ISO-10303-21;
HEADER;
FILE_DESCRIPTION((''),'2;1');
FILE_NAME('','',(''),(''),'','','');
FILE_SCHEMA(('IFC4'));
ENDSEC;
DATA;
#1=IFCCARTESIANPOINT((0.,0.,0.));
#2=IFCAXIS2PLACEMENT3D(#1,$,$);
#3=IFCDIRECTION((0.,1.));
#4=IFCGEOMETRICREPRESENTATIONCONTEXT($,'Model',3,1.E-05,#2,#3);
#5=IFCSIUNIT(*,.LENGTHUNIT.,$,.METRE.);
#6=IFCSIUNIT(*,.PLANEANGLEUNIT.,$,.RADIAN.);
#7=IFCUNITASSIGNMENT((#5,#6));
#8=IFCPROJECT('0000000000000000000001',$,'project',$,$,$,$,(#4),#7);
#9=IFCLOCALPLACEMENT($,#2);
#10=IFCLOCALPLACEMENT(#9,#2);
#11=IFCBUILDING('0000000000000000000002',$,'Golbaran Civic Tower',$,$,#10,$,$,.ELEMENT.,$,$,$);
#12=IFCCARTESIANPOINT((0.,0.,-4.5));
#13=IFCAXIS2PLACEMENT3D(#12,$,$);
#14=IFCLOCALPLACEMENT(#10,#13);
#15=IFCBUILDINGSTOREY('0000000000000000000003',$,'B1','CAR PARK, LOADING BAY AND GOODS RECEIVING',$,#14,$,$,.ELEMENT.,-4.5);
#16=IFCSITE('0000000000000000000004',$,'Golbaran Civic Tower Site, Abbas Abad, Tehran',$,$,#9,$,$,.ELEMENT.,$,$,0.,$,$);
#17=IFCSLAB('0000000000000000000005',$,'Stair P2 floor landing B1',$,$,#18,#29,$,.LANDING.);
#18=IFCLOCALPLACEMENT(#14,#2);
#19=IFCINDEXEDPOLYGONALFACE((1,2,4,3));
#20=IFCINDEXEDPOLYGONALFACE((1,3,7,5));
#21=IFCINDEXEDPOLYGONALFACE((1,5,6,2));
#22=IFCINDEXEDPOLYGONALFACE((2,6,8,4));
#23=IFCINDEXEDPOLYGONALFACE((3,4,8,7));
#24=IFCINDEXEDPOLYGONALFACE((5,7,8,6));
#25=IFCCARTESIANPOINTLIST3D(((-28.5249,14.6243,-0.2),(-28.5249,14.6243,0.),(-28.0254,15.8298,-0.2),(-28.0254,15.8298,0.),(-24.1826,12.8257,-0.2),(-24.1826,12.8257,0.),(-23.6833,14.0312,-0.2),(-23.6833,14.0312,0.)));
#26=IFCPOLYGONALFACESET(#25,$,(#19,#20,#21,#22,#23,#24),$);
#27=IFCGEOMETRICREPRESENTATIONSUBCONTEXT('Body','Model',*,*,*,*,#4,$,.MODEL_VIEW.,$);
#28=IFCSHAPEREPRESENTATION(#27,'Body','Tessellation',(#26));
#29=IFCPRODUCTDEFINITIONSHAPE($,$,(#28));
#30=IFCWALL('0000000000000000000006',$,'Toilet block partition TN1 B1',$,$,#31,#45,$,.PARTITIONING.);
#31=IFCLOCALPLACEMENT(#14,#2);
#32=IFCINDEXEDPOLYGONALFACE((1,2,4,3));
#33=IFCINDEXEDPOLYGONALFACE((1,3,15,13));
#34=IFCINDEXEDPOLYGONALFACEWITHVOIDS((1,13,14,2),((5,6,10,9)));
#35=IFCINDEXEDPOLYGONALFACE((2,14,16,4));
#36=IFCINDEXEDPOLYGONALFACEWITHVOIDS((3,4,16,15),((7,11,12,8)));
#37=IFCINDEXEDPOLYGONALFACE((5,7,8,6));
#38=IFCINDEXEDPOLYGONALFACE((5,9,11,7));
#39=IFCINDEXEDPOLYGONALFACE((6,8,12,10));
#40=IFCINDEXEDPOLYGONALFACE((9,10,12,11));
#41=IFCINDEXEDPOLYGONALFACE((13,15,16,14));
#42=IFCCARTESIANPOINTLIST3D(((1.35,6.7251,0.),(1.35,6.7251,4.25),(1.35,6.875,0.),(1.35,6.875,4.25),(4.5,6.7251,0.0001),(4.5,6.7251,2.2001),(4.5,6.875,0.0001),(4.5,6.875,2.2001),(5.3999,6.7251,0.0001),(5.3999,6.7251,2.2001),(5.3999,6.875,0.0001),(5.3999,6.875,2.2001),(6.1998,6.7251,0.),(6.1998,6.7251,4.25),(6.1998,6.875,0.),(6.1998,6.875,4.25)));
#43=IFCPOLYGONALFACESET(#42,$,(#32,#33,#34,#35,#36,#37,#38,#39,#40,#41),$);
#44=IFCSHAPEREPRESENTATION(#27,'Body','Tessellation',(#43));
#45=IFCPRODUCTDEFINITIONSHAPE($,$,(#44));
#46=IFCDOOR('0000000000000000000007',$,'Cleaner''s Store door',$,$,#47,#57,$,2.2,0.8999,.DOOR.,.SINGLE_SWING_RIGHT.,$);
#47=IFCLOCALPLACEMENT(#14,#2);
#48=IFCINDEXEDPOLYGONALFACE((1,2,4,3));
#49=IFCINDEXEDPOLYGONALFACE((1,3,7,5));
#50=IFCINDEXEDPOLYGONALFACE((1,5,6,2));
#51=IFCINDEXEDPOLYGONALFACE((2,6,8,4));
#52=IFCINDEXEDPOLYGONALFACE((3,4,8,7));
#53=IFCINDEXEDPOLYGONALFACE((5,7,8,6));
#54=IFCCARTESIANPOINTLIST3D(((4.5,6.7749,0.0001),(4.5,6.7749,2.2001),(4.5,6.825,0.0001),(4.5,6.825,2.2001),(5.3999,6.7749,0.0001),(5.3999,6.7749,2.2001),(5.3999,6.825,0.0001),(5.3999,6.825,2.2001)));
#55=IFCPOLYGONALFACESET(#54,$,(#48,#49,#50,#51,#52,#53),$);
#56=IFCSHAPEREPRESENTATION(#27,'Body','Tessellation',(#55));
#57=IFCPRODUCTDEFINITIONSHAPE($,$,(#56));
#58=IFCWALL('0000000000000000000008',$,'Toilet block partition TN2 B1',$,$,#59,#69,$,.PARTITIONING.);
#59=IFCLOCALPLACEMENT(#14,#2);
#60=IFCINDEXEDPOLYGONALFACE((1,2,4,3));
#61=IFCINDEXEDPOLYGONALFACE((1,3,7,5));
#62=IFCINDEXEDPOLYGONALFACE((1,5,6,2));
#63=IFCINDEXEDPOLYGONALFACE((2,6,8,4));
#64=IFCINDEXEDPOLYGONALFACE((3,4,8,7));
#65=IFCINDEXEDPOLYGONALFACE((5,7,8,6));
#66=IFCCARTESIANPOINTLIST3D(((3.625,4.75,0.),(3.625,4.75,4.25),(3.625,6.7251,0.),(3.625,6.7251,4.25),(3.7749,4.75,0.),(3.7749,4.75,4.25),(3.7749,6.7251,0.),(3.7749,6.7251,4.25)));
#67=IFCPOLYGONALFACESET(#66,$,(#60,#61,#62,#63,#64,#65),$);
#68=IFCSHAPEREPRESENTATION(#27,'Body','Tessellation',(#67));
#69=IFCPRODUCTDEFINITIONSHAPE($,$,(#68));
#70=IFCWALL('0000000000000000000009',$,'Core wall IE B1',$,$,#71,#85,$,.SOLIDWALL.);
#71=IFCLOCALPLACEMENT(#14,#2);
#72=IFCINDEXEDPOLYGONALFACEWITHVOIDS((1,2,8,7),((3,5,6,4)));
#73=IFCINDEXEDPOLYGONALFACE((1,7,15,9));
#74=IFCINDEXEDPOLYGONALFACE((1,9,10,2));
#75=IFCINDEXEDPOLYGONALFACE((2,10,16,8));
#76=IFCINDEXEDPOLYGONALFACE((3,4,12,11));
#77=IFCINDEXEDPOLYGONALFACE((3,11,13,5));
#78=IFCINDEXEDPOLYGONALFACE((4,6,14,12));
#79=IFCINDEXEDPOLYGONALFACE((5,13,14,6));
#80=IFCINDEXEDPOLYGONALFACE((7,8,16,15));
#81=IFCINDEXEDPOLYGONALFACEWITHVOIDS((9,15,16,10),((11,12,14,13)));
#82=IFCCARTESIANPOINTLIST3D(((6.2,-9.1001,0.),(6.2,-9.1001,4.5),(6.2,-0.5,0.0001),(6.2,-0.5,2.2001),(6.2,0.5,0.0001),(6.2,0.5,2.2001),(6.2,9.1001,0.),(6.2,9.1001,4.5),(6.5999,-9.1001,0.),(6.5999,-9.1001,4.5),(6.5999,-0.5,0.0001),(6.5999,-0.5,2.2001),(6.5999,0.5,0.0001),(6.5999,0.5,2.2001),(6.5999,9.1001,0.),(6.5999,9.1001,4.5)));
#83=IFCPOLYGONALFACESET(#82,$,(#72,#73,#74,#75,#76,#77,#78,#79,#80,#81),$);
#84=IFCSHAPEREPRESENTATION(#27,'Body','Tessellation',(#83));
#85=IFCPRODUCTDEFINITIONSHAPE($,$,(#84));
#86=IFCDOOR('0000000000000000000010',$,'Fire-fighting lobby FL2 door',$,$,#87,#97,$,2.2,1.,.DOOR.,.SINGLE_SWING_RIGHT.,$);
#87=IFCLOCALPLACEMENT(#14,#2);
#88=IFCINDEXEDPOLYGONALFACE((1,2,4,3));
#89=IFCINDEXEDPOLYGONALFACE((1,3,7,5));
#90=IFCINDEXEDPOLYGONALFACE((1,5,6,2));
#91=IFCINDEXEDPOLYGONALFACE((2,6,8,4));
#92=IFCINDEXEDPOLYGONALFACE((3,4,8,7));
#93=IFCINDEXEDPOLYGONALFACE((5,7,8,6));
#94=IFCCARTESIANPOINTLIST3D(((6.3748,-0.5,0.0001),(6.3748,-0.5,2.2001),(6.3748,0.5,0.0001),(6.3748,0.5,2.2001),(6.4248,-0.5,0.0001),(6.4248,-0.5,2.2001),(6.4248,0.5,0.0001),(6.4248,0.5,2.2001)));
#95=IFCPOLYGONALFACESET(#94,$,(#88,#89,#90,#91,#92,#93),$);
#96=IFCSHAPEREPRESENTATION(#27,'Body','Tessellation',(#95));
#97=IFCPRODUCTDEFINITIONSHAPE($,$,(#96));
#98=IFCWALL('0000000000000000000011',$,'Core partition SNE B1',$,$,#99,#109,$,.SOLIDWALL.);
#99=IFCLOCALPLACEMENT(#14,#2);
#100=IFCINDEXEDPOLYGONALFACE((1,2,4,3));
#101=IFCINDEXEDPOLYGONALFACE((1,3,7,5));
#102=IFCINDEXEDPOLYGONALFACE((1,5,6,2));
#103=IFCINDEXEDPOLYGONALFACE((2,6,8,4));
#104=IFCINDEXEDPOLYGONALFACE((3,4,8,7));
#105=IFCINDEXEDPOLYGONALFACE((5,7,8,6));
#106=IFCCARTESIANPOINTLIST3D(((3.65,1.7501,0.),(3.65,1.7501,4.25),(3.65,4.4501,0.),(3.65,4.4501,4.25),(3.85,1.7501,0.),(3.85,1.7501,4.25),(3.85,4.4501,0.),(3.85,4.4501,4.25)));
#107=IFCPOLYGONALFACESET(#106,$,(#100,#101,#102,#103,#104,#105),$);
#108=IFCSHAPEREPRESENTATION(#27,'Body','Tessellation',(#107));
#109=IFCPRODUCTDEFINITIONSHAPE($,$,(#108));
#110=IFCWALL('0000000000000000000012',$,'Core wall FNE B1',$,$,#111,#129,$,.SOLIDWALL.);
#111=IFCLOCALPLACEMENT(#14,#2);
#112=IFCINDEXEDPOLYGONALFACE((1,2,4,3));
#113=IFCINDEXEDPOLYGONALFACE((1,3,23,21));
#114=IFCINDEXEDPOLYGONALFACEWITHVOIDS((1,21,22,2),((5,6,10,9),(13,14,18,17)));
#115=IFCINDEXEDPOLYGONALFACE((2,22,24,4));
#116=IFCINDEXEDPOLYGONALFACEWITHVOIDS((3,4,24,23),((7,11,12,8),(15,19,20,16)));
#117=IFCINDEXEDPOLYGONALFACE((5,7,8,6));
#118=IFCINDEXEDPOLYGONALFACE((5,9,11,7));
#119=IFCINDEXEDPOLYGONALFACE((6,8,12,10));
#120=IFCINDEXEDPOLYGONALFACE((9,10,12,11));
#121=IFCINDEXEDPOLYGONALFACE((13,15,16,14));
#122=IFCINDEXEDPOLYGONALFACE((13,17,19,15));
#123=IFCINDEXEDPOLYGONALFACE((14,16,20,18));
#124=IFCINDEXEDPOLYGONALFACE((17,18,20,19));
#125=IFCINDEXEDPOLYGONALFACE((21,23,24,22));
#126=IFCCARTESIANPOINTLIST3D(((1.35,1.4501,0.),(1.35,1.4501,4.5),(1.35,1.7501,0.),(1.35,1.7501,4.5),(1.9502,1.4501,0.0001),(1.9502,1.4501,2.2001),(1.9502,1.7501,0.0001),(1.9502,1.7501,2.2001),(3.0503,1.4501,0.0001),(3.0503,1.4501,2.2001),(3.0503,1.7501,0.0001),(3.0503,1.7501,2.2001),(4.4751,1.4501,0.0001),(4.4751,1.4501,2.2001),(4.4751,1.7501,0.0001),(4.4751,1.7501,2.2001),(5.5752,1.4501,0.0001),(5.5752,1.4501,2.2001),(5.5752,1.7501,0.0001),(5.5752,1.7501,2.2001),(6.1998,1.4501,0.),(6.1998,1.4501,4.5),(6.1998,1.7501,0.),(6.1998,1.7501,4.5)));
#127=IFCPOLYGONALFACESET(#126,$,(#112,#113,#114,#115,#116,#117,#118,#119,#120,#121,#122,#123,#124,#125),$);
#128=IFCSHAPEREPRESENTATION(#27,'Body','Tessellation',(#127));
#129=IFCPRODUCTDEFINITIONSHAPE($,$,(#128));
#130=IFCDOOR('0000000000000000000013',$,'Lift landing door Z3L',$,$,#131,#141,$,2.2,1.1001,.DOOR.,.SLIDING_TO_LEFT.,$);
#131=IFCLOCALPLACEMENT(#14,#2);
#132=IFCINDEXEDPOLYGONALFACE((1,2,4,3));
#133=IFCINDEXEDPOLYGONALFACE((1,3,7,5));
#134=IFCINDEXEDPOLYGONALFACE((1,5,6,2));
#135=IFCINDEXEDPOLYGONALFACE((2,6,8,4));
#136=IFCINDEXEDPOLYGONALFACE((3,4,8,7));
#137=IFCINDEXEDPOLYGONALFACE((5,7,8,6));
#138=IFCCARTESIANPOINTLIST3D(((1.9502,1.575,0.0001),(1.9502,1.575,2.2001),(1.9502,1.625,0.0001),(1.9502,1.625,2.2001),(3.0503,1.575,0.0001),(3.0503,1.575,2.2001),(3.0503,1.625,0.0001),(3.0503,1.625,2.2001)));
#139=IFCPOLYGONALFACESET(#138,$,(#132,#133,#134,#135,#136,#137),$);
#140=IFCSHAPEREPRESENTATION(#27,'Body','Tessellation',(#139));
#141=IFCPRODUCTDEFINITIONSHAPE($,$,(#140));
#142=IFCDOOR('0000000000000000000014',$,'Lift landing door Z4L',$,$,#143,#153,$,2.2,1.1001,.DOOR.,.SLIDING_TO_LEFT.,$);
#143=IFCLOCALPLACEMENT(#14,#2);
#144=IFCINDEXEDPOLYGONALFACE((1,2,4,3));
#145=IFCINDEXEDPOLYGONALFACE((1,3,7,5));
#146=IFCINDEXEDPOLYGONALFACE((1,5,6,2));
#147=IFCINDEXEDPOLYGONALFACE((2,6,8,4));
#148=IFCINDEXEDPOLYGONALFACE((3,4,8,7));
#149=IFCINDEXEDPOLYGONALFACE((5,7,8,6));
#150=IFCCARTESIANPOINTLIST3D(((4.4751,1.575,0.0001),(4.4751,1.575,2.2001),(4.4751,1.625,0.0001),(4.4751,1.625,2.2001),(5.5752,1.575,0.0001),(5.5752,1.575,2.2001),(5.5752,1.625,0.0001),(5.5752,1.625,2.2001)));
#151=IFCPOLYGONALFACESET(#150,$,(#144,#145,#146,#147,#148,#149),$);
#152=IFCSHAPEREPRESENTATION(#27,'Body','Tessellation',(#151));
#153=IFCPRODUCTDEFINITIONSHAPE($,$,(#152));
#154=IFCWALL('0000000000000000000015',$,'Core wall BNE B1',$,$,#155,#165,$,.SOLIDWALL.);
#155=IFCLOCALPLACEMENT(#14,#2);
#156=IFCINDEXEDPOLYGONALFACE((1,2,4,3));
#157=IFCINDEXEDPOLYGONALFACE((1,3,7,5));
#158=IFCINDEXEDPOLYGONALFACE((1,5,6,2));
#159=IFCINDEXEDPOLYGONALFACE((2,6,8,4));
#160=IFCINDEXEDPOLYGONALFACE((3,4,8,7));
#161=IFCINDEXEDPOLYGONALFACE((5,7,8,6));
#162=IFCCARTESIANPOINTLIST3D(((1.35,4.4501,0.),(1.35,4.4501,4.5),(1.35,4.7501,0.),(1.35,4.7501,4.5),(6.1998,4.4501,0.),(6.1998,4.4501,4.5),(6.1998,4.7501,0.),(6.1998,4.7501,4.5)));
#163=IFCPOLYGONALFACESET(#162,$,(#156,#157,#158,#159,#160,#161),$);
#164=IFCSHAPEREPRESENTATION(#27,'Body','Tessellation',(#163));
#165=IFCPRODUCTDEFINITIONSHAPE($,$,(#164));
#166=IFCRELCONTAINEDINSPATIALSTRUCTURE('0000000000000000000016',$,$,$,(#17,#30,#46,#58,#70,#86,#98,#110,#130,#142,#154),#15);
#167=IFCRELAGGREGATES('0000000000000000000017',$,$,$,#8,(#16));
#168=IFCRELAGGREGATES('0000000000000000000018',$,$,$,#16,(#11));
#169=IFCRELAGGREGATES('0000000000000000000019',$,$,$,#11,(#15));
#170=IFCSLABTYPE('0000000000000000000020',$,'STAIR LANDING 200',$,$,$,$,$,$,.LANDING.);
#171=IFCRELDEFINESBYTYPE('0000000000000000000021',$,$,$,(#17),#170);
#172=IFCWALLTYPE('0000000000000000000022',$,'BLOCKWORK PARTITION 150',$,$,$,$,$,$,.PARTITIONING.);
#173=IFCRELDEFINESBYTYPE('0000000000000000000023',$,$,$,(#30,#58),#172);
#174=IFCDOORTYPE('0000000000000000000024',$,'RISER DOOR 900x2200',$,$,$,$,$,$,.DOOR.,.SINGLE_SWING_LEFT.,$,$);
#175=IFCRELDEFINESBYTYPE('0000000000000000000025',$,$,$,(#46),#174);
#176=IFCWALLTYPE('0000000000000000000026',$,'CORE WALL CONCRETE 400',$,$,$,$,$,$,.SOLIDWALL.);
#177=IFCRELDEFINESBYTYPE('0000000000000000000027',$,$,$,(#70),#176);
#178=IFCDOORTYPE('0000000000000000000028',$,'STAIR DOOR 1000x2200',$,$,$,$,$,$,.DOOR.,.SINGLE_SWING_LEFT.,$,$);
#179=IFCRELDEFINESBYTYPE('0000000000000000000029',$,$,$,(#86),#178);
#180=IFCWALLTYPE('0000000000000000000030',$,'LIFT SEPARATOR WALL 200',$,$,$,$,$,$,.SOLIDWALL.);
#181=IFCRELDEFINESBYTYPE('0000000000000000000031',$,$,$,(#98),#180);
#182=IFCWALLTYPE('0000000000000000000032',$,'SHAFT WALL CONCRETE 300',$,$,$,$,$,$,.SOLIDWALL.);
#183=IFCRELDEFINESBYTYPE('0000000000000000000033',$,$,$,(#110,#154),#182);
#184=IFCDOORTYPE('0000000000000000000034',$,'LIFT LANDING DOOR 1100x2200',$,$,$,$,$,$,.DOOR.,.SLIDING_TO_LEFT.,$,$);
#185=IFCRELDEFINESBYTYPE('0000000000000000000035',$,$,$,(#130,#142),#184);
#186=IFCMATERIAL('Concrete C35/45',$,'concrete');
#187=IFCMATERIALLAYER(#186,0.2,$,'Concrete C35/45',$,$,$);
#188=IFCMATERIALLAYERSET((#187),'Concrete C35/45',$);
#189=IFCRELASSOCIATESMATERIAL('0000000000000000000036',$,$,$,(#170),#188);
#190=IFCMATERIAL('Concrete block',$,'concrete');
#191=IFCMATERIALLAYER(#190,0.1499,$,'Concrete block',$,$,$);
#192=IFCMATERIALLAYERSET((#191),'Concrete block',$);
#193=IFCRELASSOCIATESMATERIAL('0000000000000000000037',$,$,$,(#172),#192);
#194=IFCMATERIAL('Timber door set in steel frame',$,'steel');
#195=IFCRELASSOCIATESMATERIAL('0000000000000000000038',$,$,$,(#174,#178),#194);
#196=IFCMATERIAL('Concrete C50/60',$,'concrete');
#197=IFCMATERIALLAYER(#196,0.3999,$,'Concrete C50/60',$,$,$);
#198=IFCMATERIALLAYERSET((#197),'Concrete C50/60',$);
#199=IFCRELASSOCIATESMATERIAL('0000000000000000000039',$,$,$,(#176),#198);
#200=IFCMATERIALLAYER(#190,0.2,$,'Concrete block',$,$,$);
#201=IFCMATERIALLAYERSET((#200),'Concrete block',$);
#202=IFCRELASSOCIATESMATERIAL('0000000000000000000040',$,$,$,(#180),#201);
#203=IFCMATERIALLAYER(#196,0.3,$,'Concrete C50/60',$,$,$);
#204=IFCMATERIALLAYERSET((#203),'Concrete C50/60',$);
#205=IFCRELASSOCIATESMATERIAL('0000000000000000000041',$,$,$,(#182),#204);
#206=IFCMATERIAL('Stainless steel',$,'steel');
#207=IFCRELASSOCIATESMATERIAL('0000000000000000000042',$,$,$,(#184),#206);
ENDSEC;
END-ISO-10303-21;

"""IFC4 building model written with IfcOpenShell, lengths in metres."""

from ifc_helpers import new_model, si_unit, direction, frame, frame_2d, origin, place, context, subcontext, project, spatial, polyline, rectangle, outline, extrude, material, layer, layer_set, type_object, element, fill, save


model = new_model("IFC4")

# Units and contexts
model_context = context("Model", 3, precision=1e-05, world=origin(), true_north=direction((0.0, 1.0)))
body_context = subcontext(model_context, "Body", "Model", "MODEL_VIEW")
ifc_project = project(units=[si_unit("LENGTHUNIT", "METRE"), si_unit("PLANEANGLEUNIT", "RADIAN")], contexts=[model_context])

# Site, building, storey
site_placement = place(None, origin())
site = spatial("IfcSite", under=ifc_project, at=site_placement, Name="Golbaran Civic Tower Site, Abbas Abad, Tehran", CompositionType="ELEMENT", RefElevation=0.0)
building_placement = place(site_placement, origin())
building = spatial("IfcBuilding", under=site, at=building_placement, Name="Golbaran Civic Tower", CompositionType="ELEMENT")
storey_placement = place(building_placement, frame((0.0, 0.0, -4.5)))
storey = spatial("IfcBuildingStorey", under=building, at=storey_placement, Name="B1", Description="CAR PARK, LOADING BAY AND GOODS RECEIVING", CompositionType="ELEMENT", Elevation=-4.5)

# Shared definitions
ifc_material_1 = material(Name="Concrete C50/60", Category="concrete")

# Shared definitions
ifc_material_2 = material(Name="Concrete C35/45", Category="concrete")

# Shared definitions
ifc_layer_1 = layer(ifc_material_2, 0.2, Name="Concrete C35/45")
ifc_layer_set_1 = layer_set([ifc_layer_1], Name="Concrete C35/45")
slab_type_1 = type_object("IfcSlabType", Name="STAIR LANDING 200", PredefinedType="LANDING", material=ifc_layer_set_1)

# Slab
slab_1_placement = place(storey_placement, frame((0.0, 0.0, -0.2)))
element("IfcSlab", 1, at=slab_1_placement, inside=storey, type_object=slab_type_1, Name="Stair P2 floor landing B1", PredefinedType="LANDING", context=body_context, shape_type="SweptSolid", body=[
    extrude(outline(polyline([(-23.6833, 14.0312), (-24.1826, 12.8257), (-28.5249, 14.6243), (-28.0254, 15.8298), (-23.6833, 14.0312)])), origin(), (0.0, 0.0, 1.0), 0.2),
])

# Wall, opening, door
ifc_material_3 = material(Name="Concrete block", Category="concrete")
ifc_layer_2 = layer(ifc_material_3, 0.1499, Name="Concrete block")
ifc_layer_set_2 = layer_set([ifc_layer_2], Name="Concrete block")
wall_type_1 = type_object("IfcWallType", Name="BLOCKWORK PARTITION 150", PredefinedType="PARTITIONING", material=ifc_layer_set_2)
wall_1_placement = place(storey_placement, frame((1.3501, 6.8, 0.0), z_axis=(0.0, 0.0, 1.0), x_axis=(1.0, 0.0, 0.0)))
wall_1 = element("IfcWall", 2, at=wall_1_placement, inside=storey, type_object=wall_type_1, Name="Toilet block partition TN1 B1", PredefinedType="PARTITIONING", context=body_context, shape_type="SweptSolid", body=[
    extrude(rectangle(XDim=4.8499, YDim=0.1499, at=frame_2d((2.4248, 0.0))), origin(), (0.0, 0.0, 1.0), 4.25),
])
opening_1_placement = place(wall_1_placement, frame((3.1499, 0.0, 0.0)))
opening_1 = element("IfcOpeningElement", 3, at=opening_1_placement, cuts=wall_1, PredefinedType="OPENING", context=body_context, shape_type="SweptSolid", body=[
    extrude(rectangle(XDim=0.8999, YDim=2.2, at=frame_2d((0.45, 1.1001))), frame((0.0, 0.085, 0.0), z_axis=(0.0, -1.0, 0.0), x_axis=(1.0, 0.0, 0.0)), (0.0, 0.0, 1.0), 0.1699),
])
ifc_material_4 = material(Name="Timber door set in steel frame", Category="steel")
door_type_1 = type_object("IfcDoorType", Name="RISER DOOR 900x2200", OperationType="SINGLE_SWING_LEFT", PredefinedType="DOOR", material=ifc_material_4)
door_1_placement = place(opening_1_placement, origin())
door_1 = element("IfcDoor", 4, at=door_1_placement, inside=storey, type_object=door_type_1, Name="Cleaner's Store door", OperationType="SINGLE_SWING_RIGHT", OverallHeight=2.2, OverallWidth=0.8999, PredefinedType="DOOR", context=body_context, shape_type="SweptSolid", body=[
    extrude(rectangle(XDim=0.8999, YDim=2.2, at=frame_2d((0.45, 1.1001))), frame((0.0, 0.0249, 0.0), z_axis=(0.0, -1.0, 0.0), x_axis=(1.0, 0.0, 0.0)), (0.0, 0.0, 1.0), 0.05),
])
fill(opening_1, door_1)

# Wall
wall_2_placement = place(storey_placement, frame((3.7, 4.75, 0.0), z_axis=(0.0, 0.0, 1.0), x_axis=(0.0, 1.0, 0.0)))
element("IfcWall", 5, at=wall_2_placement, inside=storey, type_object=wall_type_1, Name="Toilet block partition TN2 B1", PredefinedType="PARTITIONING", context=body_context, shape_type="SweptSolid", body=[
    extrude(rectangle(XDim=1.9751, YDim=0.1499, at=frame_2d((0.9875, 0.0))), origin(), (0.0, 0.0, 1.0), 4.25),
])

# Wall, opening, door
ifc_layer_3 = layer(ifc_material_1, 0.3999, Name="Concrete C50/60")
ifc_layer_set_3 = layer_set([ifc_layer_3], Name="Concrete C50/60")
wall_type_2 = type_object("IfcWallType", Name="CORE WALL CONCRETE 400", PredefinedType="SOLIDWALL", material=ifc_layer_set_3)
wall_3_placement = place(storey_placement, frame((6.3999, 9.1001, 0.0), z_axis=(0.0, 0.0, 1.0), x_axis=(0.0, -1.0, 0.0)))
wall_3 = element("IfcWall", 6, at=wall_3_placement, inside=storey, type_object=wall_type_2, Name="Core wall IE B1", PredefinedType="SOLIDWALL", context=body_context, shape_type="SweptSolid", body=[
    extrude(rectangle(XDim=18.2002, YDim=0.3999, at=frame_2d((9.1001, 0.0))), origin(), (0.0, 0.0, 1.0), 4.5),
])
opening_2_placement = place(wall_3_placement, frame((8.6001, 0.0, 0.0)))
opening_2 = element("IfcOpeningElement", 7, at=opening_2_placement, cuts=wall_3, PredefinedType="OPENING", context=body_context, shape_type="SweptSolid", body=[
    extrude(rectangle(XDim=1.0, YDim=2.2, at=frame_2d((0.5, 1.1001))), frame((0.0, 0.21, 0.0), z_axis=(0.0, -1.0, 0.0), x_axis=(1.0, 0.0, 0.0)), (0.0, 0.0, 1.0), 0.4199),
])
door_type_2 = type_object("IfcDoorType", Name="STAIR DOOR 1000x2200", OperationType="SINGLE_SWING_LEFT", PredefinedType="DOOR", material=ifc_material_4)
door_2_placement = place(opening_2_placement, origin())
door_2 = element("IfcDoor", 8, at=door_2_placement, inside=storey, type_object=door_type_2, Name="Fire-fighting lobby FL2 door", OperationType="SINGLE_SWING_RIGHT", OverallHeight=2.2, OverallWidth=1.0, PredefinedType="DOOR", context=body_context, shape_type="SweptSolid", body=[
    extrude(rectangle(XDim=1.0, YDim=2.2, at=frame_2d((0.5, 1.1001))), frame((0.0, 0.0249, 0.0), z_axis=(0.0, -1.0, 0.0), x_axis=(1.0, 0.0, 0.0)), (0.0, 0.0, 1.0), 0.05),
])
fill(opening_2, door_2)

# Wall
ifc_layer_4 = layer(ifc_material_3, 0.2, Name="Concrete block")
ifc_layer_set_4 = layer_set([ifc_layer_4], Name="Concrete block")
wall_type_3 = type_object("IfcWallType", Name="LIFT SEPARATOR WALL 200", PredefinedType="SOLIDWALL", material=ifc_layer_set_4)
wall_4_placement = place(storey_placement, frame((3.75, 1.75, 0.0), z_axis=(0.0, 0.0, 1.0), x_axis=(0.0, 1.0, 0.0)))
element("IfcWall", 9, at=wall_4_placement, inside=storey, type_object=wall_type_3, Name="Core partition SNE B1", PredefinedType="SOLIDWALL", context=body_context, shape_type="SweptSolid", body=[
    extrude(rectangle(XDim=2.7, YDim=0.2, at=frame_2d((1.3501, 0.0))), origin(), (0.0, 0.0, 1.0), 4.25),
])

# Wall, openings, doors
ifc_layer_5 = layer(ifc_material_1, 0.3, Name="Concrete C50/60")
ifc_layer_set_5 = layer_set([ifc_layer_5], Name="Concrete C50/60")
wall_type_4 = type_object("IfcWallType", Name="SHAFT WALL CONCRETE 300", PredefinedType="SOLIDWALL", material=ifc_layer_set_5)
wall_5_placement = place(storey_placement, frame((1.3501, 1.6001, 0.0), z_axis=(0.0, 0.0, 1.0), x_axis=(1.0, 0.0, 0.0)))
wall_5 = element("IfcWall", 10, at=wall_5_placement, inside=storey, type_object=wall_type_4, Name="Core wall FNE B1", PredefinedType="SOLIDWALL", context=body_context, shape_type="SweptSolid", body=[
    extrude(rectangle(XDim=4.8499, YDim=0.3, at=frame_2d((2.4248, 0.0))), origin(), (0.0, 0.0, 1.0), 4.5),
])
opening_3_placement = place(wall_5_placement, frame((0.6001, 0.0, 0.0)))
opening_3 = element("IfcOpeningElement", 11, at=opening_3_placement, cuts=wall_5, PredefinedType="OPENING", context=body_context, shape_type="SweptSolid", body=[
    extrude(rectangle(XDim=1.1001, YDim=2.2, at=frame_2d((0.55, 1.1001))), frame((0.0, 0.1599, 0.0), z_axis=(0.0, -1.0, 0.0), x_axis=(1.0, 0.0, 0.0)), (0.0, 0.0, 1.0), 0.3201),
])
opening_4_placement = place(wall_5_placement, frame((3.125, 0.0, 0.0)))
opening_4 = element("IfcOpeningElement", 12, at=opening_4_placement, cuts=wall_5, PredefinedType="OPENING", context=body_context, shape_type="SweptSolid", body=[
    extrude(rectangle(XDim=1.1001, YDim=2.2, at=frame_2d((0.55, 1.1001))), frame((0.0, 0.1599, 0.0), z_axis=(0.0, -1.0, 0.0), x_axis=(1.0, 0.0, 0.0)), (0.0, 0.0, 1.0), 0.3201),
])
ifc_material_5 = material(Name="Stainless steel", Category="steel")
door_type_3 = type_object("IfcDoorType", Name="LIFT LANDING DOOR 1100x2200", OperationType="SLIDING_TO_LEFT", PredefinedType="DOOR", material=ifc_material_5)
door_3_placement = place(opening_3_placement, origin())
door_3 = element("IfcDoor", 13, at=door_3_placement, inside=storey, type_object=door_type_3, Name="Lift landing door Z3L", OperationType="SLIDING_TO_LEFT", OverallHeight=2.2, OverallWidth=1.1001, PredefinedType="DOOR", context=body_context, shape_type="SweptSolid", body=[
    extrude(rectangle(XDim=1.1001, YDim=2.2, at=frame_2d((0.55, 1.1001))), frame((0.0, 0.0249, 0.0), z_axis=(0.0, -1.0, 0.0), x_axis=(1.0, 0.0, 0.0)), (0.0, 0.0, 1.0), 0.05),
])
fill(opening_3, door_3)
door_4_placement = place(opening_4_placement, origin())
door_4 = element("IfcDoor", 14, at=door_4_placement, inside=storey, type_object=door_type_3, Name="Lift landing door Z4L", OperationType="SLIDING_TO_LEFT", OverallHeight=2.2, OverallWidth=1.1001, PredefinedType="DOOR", context=body_context, shape_type="SweptSolid", body=[
    extrude(rectangle(XDim=1.1001, YDim=2.2, at=frame_2d((0.55, 1.1001))), frame((0.0, 0.0249, 0.0), z_axis=(0.0, -1.0, 0.0), x_axis=(1.0, 0.0, 0.0)), (0.0, 0.0, 1.0), 0.05),
])
fill(opening_4, door_4)

# Wall
wall_6_placement = place(storey_placement, frame((1.3501, 4.6001, 0.0), z_axis=(0.0, 0.0, 1.0), x_axis=(1.0, 0.0, 0.0)))
element("IfcWall", 15, at=wall_6_placement, inside=storey, type_object=wall_type_4, Name="Core wall BNE B1", PredefinedType="SOLIDWALL", context=body_context, shape_type="SweptSolid", body=[
    extrude(rectangle(XDim=4.8499, YDim=0.3, at=frame_2d((2.4248, 0.0))), origin(), (0.0, 0.0, 1.0), 4.5),
])

save(model, "model.ifc")
